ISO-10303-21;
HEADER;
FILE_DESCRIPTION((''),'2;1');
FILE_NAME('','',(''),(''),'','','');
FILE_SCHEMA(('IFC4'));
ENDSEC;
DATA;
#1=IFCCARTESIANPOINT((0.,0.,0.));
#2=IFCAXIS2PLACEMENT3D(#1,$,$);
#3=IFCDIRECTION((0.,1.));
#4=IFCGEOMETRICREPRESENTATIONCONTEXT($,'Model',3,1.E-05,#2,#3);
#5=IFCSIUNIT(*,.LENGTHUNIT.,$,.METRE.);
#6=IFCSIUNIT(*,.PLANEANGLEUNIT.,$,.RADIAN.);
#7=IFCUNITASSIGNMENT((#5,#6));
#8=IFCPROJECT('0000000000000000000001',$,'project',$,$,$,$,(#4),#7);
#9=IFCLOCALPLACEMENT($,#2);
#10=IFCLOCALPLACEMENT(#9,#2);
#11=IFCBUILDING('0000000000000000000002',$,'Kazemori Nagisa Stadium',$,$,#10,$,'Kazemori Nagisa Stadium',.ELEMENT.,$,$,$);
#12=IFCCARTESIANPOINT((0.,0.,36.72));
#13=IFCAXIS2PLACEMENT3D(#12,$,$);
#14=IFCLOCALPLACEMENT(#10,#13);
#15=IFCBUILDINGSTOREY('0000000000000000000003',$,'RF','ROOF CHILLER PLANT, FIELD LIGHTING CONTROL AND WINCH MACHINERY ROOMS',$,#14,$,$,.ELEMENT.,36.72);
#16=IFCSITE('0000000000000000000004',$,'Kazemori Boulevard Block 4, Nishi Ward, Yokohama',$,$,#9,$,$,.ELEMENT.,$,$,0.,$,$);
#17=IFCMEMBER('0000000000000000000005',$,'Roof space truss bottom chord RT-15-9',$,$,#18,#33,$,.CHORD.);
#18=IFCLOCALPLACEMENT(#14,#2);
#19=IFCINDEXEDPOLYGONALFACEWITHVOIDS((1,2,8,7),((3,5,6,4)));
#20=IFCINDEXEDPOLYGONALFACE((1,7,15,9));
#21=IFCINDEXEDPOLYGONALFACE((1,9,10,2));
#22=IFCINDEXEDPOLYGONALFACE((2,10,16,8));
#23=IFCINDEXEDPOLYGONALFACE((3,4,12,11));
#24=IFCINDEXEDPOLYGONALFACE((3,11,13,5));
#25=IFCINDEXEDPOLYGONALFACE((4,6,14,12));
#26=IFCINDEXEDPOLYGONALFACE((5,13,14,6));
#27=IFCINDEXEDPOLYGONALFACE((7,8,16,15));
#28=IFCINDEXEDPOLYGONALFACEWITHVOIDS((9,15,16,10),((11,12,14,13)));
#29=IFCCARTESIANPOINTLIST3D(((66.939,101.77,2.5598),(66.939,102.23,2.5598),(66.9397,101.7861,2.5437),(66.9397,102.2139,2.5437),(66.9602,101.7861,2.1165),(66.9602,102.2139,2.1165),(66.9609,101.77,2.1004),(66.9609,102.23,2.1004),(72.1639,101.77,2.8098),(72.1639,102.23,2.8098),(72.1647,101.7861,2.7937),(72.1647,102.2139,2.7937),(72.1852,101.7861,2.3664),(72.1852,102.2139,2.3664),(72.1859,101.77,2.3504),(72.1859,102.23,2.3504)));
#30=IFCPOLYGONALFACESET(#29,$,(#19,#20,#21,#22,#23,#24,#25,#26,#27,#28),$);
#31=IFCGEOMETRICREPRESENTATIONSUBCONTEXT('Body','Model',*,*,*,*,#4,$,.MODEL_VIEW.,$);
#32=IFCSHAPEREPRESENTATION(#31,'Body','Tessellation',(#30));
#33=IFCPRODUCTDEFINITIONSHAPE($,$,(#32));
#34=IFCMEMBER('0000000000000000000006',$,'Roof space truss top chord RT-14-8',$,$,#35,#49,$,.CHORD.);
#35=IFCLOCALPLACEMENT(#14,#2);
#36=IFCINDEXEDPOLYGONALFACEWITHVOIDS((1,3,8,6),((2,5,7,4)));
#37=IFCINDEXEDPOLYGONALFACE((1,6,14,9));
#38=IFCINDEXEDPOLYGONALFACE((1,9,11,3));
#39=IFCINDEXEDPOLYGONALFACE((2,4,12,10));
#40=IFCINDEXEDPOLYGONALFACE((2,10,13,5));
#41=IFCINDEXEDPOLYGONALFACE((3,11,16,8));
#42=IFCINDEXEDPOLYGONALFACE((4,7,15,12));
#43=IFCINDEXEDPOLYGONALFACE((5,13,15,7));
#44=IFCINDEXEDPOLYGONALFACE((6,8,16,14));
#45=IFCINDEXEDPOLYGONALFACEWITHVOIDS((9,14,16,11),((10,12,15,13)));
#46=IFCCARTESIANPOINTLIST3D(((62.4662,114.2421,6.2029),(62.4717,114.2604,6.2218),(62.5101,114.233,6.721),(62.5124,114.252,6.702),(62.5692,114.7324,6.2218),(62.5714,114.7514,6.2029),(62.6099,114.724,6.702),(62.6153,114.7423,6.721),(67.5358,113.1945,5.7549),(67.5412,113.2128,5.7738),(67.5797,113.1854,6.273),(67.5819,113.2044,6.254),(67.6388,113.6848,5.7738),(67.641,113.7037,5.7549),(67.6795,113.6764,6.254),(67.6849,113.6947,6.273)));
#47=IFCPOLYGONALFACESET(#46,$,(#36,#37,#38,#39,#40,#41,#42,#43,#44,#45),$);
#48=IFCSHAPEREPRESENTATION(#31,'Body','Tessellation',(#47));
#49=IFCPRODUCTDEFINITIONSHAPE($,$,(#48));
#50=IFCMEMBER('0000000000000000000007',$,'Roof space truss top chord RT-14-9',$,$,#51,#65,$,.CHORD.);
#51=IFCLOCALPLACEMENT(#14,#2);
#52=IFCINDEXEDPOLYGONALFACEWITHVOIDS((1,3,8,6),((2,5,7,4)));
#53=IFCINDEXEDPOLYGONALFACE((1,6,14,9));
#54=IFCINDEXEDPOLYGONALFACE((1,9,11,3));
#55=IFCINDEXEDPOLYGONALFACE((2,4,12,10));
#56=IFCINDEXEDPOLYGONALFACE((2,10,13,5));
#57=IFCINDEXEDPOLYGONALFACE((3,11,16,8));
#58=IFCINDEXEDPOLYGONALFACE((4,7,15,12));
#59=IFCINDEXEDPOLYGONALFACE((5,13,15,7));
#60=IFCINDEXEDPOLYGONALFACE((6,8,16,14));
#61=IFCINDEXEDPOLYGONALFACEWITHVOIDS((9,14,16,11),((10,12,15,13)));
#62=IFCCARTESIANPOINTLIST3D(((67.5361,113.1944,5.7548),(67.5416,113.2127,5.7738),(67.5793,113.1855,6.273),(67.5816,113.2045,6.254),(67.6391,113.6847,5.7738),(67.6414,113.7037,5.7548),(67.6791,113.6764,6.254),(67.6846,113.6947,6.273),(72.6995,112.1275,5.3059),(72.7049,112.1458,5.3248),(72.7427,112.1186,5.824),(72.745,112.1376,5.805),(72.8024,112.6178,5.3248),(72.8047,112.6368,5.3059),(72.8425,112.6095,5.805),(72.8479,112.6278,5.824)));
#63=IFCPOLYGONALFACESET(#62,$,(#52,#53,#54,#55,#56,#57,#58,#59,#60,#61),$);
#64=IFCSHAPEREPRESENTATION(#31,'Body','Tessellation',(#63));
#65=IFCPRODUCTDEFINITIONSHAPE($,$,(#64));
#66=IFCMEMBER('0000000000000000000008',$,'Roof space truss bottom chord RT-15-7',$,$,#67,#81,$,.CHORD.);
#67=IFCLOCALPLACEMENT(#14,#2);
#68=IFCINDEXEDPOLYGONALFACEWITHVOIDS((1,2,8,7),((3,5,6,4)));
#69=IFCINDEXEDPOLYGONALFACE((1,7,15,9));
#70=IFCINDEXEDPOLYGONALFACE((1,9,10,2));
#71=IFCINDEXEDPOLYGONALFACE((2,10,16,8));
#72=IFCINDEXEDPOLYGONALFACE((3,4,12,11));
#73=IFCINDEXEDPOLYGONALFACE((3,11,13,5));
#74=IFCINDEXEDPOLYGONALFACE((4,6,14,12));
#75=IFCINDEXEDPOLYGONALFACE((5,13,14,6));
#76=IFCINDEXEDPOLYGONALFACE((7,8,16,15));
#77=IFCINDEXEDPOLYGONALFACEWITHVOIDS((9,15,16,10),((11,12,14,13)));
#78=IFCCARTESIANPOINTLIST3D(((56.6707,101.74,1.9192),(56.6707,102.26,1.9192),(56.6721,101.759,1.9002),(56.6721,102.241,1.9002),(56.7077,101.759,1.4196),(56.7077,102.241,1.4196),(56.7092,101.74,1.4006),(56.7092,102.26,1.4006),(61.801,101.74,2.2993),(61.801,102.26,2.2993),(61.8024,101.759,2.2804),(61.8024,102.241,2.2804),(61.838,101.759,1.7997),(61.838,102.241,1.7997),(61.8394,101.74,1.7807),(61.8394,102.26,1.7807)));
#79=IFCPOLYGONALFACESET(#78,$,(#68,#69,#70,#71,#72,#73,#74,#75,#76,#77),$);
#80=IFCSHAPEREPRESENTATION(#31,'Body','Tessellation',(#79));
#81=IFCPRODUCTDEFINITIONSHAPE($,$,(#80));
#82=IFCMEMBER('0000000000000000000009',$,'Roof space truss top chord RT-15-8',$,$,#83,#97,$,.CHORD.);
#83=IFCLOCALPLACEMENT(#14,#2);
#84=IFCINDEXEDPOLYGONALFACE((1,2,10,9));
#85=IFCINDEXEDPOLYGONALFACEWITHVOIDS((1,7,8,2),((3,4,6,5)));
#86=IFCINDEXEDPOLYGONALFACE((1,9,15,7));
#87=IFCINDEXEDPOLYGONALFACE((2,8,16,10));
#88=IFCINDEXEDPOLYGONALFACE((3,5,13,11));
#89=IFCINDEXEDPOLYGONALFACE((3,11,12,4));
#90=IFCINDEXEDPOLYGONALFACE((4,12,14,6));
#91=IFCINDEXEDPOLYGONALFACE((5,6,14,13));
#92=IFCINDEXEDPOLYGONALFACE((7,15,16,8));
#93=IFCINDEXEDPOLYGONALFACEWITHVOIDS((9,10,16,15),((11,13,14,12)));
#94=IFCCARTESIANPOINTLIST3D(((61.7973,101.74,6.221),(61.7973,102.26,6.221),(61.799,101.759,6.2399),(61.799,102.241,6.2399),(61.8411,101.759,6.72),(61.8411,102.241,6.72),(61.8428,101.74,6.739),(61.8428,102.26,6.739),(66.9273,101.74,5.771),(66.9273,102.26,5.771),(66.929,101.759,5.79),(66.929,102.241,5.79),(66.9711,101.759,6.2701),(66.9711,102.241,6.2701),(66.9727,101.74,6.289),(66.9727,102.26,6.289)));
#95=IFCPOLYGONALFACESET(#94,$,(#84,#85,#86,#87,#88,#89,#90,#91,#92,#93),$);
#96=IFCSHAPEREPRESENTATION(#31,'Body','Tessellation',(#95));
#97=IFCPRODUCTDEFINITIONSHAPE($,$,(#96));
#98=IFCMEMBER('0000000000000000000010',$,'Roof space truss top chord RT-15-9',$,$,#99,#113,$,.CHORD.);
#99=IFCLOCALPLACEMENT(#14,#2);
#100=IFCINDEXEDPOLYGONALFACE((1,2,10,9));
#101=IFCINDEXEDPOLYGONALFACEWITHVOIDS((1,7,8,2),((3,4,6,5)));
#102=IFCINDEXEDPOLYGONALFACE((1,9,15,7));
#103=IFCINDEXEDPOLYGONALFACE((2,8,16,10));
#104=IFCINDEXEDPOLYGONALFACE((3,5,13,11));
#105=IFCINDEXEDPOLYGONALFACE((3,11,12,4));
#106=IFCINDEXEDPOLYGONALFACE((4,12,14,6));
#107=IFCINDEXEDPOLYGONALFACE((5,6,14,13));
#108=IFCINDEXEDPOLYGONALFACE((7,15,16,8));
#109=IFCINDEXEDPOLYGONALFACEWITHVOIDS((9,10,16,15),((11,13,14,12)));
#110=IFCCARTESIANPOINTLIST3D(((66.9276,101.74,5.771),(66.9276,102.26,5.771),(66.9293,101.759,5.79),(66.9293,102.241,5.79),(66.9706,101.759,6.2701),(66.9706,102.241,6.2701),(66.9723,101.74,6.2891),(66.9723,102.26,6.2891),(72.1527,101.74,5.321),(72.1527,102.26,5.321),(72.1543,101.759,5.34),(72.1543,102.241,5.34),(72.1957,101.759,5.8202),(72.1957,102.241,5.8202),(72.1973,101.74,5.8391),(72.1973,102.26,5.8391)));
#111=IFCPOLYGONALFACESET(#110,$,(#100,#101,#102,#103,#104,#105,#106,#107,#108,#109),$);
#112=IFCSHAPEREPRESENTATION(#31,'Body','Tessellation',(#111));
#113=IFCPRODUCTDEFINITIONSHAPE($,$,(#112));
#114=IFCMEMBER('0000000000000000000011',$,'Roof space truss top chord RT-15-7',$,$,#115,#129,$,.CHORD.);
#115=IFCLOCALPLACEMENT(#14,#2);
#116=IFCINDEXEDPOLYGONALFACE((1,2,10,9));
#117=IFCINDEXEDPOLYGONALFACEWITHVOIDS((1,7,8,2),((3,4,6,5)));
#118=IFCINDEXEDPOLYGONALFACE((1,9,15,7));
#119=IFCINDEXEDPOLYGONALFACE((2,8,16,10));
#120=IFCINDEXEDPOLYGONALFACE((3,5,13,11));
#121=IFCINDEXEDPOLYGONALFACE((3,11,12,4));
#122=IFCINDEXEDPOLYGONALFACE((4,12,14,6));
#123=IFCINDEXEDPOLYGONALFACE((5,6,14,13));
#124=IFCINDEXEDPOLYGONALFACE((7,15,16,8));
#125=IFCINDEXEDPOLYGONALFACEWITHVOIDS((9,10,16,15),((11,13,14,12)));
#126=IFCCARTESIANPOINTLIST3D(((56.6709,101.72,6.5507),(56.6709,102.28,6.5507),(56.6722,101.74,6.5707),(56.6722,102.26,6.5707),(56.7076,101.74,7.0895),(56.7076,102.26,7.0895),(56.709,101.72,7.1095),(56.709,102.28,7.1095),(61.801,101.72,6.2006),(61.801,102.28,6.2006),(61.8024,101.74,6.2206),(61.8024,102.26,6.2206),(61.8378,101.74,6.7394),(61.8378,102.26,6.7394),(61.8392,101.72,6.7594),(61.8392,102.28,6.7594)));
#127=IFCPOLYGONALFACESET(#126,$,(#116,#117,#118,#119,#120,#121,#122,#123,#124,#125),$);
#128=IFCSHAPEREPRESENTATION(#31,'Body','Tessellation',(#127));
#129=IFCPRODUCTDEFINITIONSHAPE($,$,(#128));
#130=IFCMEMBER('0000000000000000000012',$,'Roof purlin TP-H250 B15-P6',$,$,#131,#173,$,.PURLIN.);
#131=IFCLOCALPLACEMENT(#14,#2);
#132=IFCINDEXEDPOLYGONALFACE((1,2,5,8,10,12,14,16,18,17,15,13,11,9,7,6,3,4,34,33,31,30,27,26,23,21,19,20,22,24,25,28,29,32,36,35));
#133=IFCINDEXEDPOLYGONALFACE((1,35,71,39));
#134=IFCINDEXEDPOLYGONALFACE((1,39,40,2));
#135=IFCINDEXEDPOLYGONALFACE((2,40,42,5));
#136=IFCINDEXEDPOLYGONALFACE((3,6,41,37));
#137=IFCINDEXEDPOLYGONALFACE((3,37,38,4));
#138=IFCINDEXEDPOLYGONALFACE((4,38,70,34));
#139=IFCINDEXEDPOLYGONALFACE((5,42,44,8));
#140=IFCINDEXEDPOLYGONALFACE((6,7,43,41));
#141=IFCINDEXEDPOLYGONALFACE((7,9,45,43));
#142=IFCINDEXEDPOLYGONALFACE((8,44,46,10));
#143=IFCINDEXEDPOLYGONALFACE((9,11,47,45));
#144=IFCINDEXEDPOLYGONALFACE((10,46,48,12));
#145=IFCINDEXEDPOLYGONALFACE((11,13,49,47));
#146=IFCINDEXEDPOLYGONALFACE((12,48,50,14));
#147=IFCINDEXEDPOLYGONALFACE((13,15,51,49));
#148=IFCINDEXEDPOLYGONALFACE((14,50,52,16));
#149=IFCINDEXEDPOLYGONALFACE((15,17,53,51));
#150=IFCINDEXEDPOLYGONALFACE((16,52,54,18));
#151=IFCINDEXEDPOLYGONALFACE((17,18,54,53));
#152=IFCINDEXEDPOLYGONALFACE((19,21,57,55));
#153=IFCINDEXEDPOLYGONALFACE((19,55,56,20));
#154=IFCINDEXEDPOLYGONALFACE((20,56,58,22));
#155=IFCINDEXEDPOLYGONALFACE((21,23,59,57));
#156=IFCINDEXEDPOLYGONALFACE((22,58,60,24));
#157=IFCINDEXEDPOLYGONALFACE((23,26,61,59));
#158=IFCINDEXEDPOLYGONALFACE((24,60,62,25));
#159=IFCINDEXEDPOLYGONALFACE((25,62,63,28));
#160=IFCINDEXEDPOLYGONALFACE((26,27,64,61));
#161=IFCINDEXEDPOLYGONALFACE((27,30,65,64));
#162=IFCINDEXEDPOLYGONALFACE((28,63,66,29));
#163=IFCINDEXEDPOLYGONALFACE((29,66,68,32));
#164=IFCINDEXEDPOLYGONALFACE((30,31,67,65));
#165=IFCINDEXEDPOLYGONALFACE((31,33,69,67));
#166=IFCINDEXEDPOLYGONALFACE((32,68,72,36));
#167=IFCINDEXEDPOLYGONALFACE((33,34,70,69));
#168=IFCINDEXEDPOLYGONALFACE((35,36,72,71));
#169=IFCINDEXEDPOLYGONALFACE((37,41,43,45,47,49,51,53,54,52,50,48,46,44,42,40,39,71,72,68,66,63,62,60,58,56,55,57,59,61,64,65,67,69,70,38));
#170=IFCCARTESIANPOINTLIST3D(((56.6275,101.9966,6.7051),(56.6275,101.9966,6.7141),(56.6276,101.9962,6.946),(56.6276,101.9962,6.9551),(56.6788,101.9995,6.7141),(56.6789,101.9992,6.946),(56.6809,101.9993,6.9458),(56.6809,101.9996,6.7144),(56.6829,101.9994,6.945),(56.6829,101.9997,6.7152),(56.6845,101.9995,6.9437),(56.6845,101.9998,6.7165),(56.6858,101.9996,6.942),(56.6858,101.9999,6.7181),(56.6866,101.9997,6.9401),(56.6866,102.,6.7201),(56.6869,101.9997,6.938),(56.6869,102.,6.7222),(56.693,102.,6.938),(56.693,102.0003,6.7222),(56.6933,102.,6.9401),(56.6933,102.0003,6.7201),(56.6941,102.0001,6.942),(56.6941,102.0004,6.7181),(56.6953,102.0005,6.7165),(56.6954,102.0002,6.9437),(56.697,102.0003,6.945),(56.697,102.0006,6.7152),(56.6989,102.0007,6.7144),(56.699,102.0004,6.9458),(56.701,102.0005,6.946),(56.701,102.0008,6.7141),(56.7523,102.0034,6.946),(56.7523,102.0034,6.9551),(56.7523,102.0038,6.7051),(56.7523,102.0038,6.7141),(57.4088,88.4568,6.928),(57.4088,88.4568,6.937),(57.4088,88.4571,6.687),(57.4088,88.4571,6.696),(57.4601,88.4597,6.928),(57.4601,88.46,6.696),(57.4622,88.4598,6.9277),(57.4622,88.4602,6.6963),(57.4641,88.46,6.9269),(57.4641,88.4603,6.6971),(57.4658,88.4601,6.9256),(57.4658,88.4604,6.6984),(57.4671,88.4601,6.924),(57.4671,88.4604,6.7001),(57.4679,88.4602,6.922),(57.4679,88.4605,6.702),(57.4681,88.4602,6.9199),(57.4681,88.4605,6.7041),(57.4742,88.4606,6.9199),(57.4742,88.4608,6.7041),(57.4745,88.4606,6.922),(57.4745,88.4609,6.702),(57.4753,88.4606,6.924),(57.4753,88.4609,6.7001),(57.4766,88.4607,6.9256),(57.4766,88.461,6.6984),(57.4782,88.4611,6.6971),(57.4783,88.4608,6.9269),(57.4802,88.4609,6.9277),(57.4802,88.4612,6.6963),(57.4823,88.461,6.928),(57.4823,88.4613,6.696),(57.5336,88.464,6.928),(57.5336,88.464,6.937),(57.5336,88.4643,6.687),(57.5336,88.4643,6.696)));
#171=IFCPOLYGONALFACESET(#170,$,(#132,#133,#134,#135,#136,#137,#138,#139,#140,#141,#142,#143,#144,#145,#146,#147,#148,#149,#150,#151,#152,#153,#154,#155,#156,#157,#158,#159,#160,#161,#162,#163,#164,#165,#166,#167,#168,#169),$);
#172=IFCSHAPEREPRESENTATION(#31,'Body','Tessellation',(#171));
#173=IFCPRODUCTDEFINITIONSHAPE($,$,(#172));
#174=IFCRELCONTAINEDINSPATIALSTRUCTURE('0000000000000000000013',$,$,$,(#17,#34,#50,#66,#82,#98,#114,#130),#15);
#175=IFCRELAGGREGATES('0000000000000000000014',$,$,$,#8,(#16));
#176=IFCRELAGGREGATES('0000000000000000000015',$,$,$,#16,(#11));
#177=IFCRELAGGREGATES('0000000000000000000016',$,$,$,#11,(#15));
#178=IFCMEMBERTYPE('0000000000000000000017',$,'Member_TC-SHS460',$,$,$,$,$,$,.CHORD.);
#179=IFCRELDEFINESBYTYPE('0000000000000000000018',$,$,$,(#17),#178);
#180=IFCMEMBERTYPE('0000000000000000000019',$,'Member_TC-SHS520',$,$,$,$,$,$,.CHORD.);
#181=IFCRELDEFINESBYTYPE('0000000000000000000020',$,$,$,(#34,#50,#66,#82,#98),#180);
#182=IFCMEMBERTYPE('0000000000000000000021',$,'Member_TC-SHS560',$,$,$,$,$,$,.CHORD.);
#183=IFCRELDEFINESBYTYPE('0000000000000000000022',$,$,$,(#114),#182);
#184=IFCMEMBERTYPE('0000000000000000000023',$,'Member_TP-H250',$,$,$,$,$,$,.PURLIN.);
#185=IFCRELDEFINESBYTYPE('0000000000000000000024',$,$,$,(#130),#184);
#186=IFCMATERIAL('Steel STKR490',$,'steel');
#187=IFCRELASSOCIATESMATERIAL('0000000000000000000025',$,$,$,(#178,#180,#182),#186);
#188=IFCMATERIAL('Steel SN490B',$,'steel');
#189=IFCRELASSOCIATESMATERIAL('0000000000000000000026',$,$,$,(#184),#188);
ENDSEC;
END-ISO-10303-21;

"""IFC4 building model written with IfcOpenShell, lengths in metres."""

from ifc_helpers import new_model, si_unit, direction, frame, origin, origin_2d, place, context, subcontext, project, spatial, hollow_rectangle, i_section, extrude, material, material_profile, profile_set, type_object, element, save


model = new_model("IFC4")

# Units and contexts
model_context = context("Model", 3, precision=1e-05, world=origin(), true_north=direction((0.0, 1.0)))
body_context = subcontext(model_context, "Body", "Model", "MODEL_VIEW")
ifc_project = project(units=[si_unit("LENGTHUNIT", "METRE"), si_unit("PLANEANGLEUNIT", "RADIAN")], contexts=[model_context])

# Site, building, storey
site_placement = place(None, origin())
site = spatial("IfcSite", under=ifc_project, at=site_placement, Name="Kazemori Boulevard Block 4, Nishi Ward, Yokohama", CompositionType="ELEMENT", RefElevation=0.0)
building_placement = place(site_placement, origin())
building = spatial("IfcBuilding", under=site, at=building_placement, Name="Kazemori Nagisa Stadium", LongName="Kazemori Nagisa Stadium", CompositionType="ELEMENT")
storey_placement = place(building_placement, frame((0.0, 0.0, 36.72)))
storey = spatial("IfcBuildingStorey", under=building, at=storey_placement, Name="RF", Description="ROOF CHILLER PLANT, FIELD LIGHTING CONTROL AND WINCH MACHINERY ROOMS", CompositionType="ELEMENT", Elevation=36.72)

# Members
ifc_material_1 = material(Name="Steel STKR490", Category="steel")
ifc_material_profile_1 = material_profile(ifc_material_1, hollow_rectangle(XDim=0.46, YDim=0.46, WallThickness=0.0161, at=origin_2d()), Name="SHS-460x460x16")
ifc_profile_set_1 = profile_set([ifc_material_profile_1], Name="Steel STKR490")
member_type_1 = type_object("IfcMemberType", Name="Member_TC-SHS460", PredefinedType="CHORD", material=ifc_profile_set_1)
member_1_placement = place(storey_placement, frame((66.95, 102.0, 2.3301), z_axis=(0.998857, 0.0, 0.047791), x_axis=(0.0, 1.0, 0.0)))
element("IfcMember", 1, at=member_1_placement, inside=storey, type_object=member_type_1, Name="Roof space truss bottom chord RT-15-9", PredefinedType="CHORD", context=body_context, shape_type="SweptSolid", body=[
    extrude(hollow_rectangle(XDim=0.46, YDim=0.46, WallThickness=0.0161, at=origin_2d()), origin(), (0.0, 0.0, 1.0), 5.231),
])
ifc_material_profile_2 = material_profile(ifc_material_1, hollow_rectangle(XDim=0.52, YDim=0.52, WallThickness=0.019, at=origin_2d()), Name="SHS-520x520x19")
ifc_profile_set_2 = profile_set([ifc_material_profile_2], Name="Steel STKR490")
member_type_2 = type_object("IfcMemberType", Name="Member_TC-SHS520", PredefinedType="CHORD", material=ifc_profile_set_2)
member_2_placement = place(storey_placement, frame((62.5408, 114.4922, 6.4619), z_axis=(0.975662, -0.201617, -0.086219), x_axis=(0.20237, 0.979309, 0.0)))
element("IfcMember", 2, at=member_2_placement, inside=storey, type_object=member_type_2, Name="Roof space truss top chord RT-14-8", PredefinedType="CHORD", context=body_context, shape_type="SweptSolid", body=[
    extrude(hollow_rectangle(XDim=0.52, YDim=0.52, WallThickness=0.019, at=origin_2d()), origin(), (0.0, 0.0, 1.0), 5.196),
])
member_3_placement = place(storey_placement, frame((67.6104, 113.4446, 6.0139), z_axis=(0.975781, -0.201625, -0.084848), x_axis=(0.202354, 0.979312, 0.0)))
element("IfcMember", 3, at=member_3_placement, inside=storey, type_object=member_type_2, Name="Roof space truss top chord RT-14-9", PredefinedType="CHORD", context=body_context, shape_type="SweptSolid", body=[
    extrude(hollow_rectangle(XDim=0.52, YDim=0.52, WallThickness=0.019, at=origin_2d()), origin(), (0.0, 0.0, 1.0), 5.2915),
])
member_4_placement = place(storey_placement, frame((56.6899, 102.0, 1.6599), z_axis=(0.997266, 0.0, 0.073894), x_axis=(0.0, 1.0, 0.0)))
element("IfcMember", 4, at=member_4_placement, inside=storey, type_object=member_type_2, Name="Roof space truss bottom chord RT-15-7", PredefinedType="CHORD", context=body_context, shape_type="SweptSolid", body=[
    extrude(hollow_rectangle(XDim=0.52, YDim=0.52, WallThickness=0.019, at=origin_2d()), origin(), (0.0, 0.0, 1.0), 5.1443),
])
member_5_placement = place(storey_placement, frame((61.8201, 102.0, 6.48), z_axis=(0.996175, 0.0, -0.087376), x_axis=(0.0, 1.0, 0.0)))
element("IfcMember", 5, at=member_5_placement, inside=storey, type_object=member_type_2, Name="Roof space truss top chord RT-15-8", PredefinedType="CHORD", context=body_context, shape_type="SweptSolid", body=[
    extrude(hollow_rectangle(XDim=0.52, YDim=0.52, WallThickness=0.019, at=origin_2d()), origin(), (0.0, 0.0, 1.0), 5.1497),
])
member_6_placement = place(storey_placement, frame((66.95, 102.0, 6.03), z_axis=(0.996313, 0.0, -0.085796), x_axis=(0.0, 1.0, 0.0)))
element("IfcMember", 6, at=member_6_placement, inside=storey, type_object=member_type_2, Name="Roof space truss top chord RT-15-9", PredefinedType="CHORD", context=body_context, shape_type="SweptSolid", body=[
    extrude(hollow_rectangle(XDim=0.52, YDim=0.52, WallThickness=0.019, at=origin_2d()), origin(), (0.0, 0.0, 1.0), 5.2444),
])
ifc_material_profile_3 = material_profile(ifc_material_1, hollow_rectangle(XDim=0.5601, YDim=0.5601, WallThickness=0.02, at=origin_2d()), Name="SHS-560x560x20")
ifc_profile_set_3 = profile_set([ifc_material_profile_3], Name="Steel STKR490")
member_type_3 = type_object("IfcMemberType", Name="Member_TC-SHS560", PredefinedType="CHORD", material=ifc_profile_set_3)
member_7_placement = place(storey_placement, frame((56.6899, 102.0, 6.8301), z_axis=(0.99768, 0.0, -0.068085), x_axis=(0.0, 1.0, 0.0)))
element("IfcMember", 7, at=member_7_placement, inside=storey, type_object=member_type_3, Name="Roof space truss top chord RT-15-7", PredefinedType="CHORD", context=body_context, shape_type="SweptSolid", body=[
    extrude(hollow_rectangle(XDim=0.5601, YDim=0.5601, WallThickness=0.02, at=origin_2d()), origin(), (0.0, 0.0, 1.0), 5.1421),
])
ifc_material_2 = material(Name="Steel SN490B", Category="steel")
ifc_material_profile_4 = material_profile(ifc_material_2, i_section(OverallWidth=0.125, OverallDepth=0.25, WebThickness=0.0061, FlangeThickness=0.009, FilletRadius=0.0081, at=origin_2d()), Name="H-250x125x6x9")
ifc_profile_set_4 = profile_set([ifc_material_profile_4], Name="Steel SN490B")
member_type_4 = type_object("IfcMemberType", Name="Member_TP-H250", PredefinedType="PURLIN", material=ifc_profile_set_4)
member_8_placement = place(storey_placement, frame((56.6899, 102.0, 6.8301), z_axis=(0.057605, -0.998339, -0.001332), x_axis=(0.998339, 0.057606, 0.0)))
element("IfcMember", 8, at=member_8_placement, inside=storey, type_object=member_type_4, Name="Roof purlin TP-H250 B15-P6", PredefinedType="PURLIN", context=body_context, shape_type="SweptSolid", body=[
    extrude(i_section(OverallWidth=0.125, OverallDepth=0.25, WebThickness=0.0061, FlangeThickness=0.009, FilletRadius=0.0081, at=origin_2d()), origin(), (0.0, 0.0, 1.0), 13.562),
])

save(model, "model.ifc")
